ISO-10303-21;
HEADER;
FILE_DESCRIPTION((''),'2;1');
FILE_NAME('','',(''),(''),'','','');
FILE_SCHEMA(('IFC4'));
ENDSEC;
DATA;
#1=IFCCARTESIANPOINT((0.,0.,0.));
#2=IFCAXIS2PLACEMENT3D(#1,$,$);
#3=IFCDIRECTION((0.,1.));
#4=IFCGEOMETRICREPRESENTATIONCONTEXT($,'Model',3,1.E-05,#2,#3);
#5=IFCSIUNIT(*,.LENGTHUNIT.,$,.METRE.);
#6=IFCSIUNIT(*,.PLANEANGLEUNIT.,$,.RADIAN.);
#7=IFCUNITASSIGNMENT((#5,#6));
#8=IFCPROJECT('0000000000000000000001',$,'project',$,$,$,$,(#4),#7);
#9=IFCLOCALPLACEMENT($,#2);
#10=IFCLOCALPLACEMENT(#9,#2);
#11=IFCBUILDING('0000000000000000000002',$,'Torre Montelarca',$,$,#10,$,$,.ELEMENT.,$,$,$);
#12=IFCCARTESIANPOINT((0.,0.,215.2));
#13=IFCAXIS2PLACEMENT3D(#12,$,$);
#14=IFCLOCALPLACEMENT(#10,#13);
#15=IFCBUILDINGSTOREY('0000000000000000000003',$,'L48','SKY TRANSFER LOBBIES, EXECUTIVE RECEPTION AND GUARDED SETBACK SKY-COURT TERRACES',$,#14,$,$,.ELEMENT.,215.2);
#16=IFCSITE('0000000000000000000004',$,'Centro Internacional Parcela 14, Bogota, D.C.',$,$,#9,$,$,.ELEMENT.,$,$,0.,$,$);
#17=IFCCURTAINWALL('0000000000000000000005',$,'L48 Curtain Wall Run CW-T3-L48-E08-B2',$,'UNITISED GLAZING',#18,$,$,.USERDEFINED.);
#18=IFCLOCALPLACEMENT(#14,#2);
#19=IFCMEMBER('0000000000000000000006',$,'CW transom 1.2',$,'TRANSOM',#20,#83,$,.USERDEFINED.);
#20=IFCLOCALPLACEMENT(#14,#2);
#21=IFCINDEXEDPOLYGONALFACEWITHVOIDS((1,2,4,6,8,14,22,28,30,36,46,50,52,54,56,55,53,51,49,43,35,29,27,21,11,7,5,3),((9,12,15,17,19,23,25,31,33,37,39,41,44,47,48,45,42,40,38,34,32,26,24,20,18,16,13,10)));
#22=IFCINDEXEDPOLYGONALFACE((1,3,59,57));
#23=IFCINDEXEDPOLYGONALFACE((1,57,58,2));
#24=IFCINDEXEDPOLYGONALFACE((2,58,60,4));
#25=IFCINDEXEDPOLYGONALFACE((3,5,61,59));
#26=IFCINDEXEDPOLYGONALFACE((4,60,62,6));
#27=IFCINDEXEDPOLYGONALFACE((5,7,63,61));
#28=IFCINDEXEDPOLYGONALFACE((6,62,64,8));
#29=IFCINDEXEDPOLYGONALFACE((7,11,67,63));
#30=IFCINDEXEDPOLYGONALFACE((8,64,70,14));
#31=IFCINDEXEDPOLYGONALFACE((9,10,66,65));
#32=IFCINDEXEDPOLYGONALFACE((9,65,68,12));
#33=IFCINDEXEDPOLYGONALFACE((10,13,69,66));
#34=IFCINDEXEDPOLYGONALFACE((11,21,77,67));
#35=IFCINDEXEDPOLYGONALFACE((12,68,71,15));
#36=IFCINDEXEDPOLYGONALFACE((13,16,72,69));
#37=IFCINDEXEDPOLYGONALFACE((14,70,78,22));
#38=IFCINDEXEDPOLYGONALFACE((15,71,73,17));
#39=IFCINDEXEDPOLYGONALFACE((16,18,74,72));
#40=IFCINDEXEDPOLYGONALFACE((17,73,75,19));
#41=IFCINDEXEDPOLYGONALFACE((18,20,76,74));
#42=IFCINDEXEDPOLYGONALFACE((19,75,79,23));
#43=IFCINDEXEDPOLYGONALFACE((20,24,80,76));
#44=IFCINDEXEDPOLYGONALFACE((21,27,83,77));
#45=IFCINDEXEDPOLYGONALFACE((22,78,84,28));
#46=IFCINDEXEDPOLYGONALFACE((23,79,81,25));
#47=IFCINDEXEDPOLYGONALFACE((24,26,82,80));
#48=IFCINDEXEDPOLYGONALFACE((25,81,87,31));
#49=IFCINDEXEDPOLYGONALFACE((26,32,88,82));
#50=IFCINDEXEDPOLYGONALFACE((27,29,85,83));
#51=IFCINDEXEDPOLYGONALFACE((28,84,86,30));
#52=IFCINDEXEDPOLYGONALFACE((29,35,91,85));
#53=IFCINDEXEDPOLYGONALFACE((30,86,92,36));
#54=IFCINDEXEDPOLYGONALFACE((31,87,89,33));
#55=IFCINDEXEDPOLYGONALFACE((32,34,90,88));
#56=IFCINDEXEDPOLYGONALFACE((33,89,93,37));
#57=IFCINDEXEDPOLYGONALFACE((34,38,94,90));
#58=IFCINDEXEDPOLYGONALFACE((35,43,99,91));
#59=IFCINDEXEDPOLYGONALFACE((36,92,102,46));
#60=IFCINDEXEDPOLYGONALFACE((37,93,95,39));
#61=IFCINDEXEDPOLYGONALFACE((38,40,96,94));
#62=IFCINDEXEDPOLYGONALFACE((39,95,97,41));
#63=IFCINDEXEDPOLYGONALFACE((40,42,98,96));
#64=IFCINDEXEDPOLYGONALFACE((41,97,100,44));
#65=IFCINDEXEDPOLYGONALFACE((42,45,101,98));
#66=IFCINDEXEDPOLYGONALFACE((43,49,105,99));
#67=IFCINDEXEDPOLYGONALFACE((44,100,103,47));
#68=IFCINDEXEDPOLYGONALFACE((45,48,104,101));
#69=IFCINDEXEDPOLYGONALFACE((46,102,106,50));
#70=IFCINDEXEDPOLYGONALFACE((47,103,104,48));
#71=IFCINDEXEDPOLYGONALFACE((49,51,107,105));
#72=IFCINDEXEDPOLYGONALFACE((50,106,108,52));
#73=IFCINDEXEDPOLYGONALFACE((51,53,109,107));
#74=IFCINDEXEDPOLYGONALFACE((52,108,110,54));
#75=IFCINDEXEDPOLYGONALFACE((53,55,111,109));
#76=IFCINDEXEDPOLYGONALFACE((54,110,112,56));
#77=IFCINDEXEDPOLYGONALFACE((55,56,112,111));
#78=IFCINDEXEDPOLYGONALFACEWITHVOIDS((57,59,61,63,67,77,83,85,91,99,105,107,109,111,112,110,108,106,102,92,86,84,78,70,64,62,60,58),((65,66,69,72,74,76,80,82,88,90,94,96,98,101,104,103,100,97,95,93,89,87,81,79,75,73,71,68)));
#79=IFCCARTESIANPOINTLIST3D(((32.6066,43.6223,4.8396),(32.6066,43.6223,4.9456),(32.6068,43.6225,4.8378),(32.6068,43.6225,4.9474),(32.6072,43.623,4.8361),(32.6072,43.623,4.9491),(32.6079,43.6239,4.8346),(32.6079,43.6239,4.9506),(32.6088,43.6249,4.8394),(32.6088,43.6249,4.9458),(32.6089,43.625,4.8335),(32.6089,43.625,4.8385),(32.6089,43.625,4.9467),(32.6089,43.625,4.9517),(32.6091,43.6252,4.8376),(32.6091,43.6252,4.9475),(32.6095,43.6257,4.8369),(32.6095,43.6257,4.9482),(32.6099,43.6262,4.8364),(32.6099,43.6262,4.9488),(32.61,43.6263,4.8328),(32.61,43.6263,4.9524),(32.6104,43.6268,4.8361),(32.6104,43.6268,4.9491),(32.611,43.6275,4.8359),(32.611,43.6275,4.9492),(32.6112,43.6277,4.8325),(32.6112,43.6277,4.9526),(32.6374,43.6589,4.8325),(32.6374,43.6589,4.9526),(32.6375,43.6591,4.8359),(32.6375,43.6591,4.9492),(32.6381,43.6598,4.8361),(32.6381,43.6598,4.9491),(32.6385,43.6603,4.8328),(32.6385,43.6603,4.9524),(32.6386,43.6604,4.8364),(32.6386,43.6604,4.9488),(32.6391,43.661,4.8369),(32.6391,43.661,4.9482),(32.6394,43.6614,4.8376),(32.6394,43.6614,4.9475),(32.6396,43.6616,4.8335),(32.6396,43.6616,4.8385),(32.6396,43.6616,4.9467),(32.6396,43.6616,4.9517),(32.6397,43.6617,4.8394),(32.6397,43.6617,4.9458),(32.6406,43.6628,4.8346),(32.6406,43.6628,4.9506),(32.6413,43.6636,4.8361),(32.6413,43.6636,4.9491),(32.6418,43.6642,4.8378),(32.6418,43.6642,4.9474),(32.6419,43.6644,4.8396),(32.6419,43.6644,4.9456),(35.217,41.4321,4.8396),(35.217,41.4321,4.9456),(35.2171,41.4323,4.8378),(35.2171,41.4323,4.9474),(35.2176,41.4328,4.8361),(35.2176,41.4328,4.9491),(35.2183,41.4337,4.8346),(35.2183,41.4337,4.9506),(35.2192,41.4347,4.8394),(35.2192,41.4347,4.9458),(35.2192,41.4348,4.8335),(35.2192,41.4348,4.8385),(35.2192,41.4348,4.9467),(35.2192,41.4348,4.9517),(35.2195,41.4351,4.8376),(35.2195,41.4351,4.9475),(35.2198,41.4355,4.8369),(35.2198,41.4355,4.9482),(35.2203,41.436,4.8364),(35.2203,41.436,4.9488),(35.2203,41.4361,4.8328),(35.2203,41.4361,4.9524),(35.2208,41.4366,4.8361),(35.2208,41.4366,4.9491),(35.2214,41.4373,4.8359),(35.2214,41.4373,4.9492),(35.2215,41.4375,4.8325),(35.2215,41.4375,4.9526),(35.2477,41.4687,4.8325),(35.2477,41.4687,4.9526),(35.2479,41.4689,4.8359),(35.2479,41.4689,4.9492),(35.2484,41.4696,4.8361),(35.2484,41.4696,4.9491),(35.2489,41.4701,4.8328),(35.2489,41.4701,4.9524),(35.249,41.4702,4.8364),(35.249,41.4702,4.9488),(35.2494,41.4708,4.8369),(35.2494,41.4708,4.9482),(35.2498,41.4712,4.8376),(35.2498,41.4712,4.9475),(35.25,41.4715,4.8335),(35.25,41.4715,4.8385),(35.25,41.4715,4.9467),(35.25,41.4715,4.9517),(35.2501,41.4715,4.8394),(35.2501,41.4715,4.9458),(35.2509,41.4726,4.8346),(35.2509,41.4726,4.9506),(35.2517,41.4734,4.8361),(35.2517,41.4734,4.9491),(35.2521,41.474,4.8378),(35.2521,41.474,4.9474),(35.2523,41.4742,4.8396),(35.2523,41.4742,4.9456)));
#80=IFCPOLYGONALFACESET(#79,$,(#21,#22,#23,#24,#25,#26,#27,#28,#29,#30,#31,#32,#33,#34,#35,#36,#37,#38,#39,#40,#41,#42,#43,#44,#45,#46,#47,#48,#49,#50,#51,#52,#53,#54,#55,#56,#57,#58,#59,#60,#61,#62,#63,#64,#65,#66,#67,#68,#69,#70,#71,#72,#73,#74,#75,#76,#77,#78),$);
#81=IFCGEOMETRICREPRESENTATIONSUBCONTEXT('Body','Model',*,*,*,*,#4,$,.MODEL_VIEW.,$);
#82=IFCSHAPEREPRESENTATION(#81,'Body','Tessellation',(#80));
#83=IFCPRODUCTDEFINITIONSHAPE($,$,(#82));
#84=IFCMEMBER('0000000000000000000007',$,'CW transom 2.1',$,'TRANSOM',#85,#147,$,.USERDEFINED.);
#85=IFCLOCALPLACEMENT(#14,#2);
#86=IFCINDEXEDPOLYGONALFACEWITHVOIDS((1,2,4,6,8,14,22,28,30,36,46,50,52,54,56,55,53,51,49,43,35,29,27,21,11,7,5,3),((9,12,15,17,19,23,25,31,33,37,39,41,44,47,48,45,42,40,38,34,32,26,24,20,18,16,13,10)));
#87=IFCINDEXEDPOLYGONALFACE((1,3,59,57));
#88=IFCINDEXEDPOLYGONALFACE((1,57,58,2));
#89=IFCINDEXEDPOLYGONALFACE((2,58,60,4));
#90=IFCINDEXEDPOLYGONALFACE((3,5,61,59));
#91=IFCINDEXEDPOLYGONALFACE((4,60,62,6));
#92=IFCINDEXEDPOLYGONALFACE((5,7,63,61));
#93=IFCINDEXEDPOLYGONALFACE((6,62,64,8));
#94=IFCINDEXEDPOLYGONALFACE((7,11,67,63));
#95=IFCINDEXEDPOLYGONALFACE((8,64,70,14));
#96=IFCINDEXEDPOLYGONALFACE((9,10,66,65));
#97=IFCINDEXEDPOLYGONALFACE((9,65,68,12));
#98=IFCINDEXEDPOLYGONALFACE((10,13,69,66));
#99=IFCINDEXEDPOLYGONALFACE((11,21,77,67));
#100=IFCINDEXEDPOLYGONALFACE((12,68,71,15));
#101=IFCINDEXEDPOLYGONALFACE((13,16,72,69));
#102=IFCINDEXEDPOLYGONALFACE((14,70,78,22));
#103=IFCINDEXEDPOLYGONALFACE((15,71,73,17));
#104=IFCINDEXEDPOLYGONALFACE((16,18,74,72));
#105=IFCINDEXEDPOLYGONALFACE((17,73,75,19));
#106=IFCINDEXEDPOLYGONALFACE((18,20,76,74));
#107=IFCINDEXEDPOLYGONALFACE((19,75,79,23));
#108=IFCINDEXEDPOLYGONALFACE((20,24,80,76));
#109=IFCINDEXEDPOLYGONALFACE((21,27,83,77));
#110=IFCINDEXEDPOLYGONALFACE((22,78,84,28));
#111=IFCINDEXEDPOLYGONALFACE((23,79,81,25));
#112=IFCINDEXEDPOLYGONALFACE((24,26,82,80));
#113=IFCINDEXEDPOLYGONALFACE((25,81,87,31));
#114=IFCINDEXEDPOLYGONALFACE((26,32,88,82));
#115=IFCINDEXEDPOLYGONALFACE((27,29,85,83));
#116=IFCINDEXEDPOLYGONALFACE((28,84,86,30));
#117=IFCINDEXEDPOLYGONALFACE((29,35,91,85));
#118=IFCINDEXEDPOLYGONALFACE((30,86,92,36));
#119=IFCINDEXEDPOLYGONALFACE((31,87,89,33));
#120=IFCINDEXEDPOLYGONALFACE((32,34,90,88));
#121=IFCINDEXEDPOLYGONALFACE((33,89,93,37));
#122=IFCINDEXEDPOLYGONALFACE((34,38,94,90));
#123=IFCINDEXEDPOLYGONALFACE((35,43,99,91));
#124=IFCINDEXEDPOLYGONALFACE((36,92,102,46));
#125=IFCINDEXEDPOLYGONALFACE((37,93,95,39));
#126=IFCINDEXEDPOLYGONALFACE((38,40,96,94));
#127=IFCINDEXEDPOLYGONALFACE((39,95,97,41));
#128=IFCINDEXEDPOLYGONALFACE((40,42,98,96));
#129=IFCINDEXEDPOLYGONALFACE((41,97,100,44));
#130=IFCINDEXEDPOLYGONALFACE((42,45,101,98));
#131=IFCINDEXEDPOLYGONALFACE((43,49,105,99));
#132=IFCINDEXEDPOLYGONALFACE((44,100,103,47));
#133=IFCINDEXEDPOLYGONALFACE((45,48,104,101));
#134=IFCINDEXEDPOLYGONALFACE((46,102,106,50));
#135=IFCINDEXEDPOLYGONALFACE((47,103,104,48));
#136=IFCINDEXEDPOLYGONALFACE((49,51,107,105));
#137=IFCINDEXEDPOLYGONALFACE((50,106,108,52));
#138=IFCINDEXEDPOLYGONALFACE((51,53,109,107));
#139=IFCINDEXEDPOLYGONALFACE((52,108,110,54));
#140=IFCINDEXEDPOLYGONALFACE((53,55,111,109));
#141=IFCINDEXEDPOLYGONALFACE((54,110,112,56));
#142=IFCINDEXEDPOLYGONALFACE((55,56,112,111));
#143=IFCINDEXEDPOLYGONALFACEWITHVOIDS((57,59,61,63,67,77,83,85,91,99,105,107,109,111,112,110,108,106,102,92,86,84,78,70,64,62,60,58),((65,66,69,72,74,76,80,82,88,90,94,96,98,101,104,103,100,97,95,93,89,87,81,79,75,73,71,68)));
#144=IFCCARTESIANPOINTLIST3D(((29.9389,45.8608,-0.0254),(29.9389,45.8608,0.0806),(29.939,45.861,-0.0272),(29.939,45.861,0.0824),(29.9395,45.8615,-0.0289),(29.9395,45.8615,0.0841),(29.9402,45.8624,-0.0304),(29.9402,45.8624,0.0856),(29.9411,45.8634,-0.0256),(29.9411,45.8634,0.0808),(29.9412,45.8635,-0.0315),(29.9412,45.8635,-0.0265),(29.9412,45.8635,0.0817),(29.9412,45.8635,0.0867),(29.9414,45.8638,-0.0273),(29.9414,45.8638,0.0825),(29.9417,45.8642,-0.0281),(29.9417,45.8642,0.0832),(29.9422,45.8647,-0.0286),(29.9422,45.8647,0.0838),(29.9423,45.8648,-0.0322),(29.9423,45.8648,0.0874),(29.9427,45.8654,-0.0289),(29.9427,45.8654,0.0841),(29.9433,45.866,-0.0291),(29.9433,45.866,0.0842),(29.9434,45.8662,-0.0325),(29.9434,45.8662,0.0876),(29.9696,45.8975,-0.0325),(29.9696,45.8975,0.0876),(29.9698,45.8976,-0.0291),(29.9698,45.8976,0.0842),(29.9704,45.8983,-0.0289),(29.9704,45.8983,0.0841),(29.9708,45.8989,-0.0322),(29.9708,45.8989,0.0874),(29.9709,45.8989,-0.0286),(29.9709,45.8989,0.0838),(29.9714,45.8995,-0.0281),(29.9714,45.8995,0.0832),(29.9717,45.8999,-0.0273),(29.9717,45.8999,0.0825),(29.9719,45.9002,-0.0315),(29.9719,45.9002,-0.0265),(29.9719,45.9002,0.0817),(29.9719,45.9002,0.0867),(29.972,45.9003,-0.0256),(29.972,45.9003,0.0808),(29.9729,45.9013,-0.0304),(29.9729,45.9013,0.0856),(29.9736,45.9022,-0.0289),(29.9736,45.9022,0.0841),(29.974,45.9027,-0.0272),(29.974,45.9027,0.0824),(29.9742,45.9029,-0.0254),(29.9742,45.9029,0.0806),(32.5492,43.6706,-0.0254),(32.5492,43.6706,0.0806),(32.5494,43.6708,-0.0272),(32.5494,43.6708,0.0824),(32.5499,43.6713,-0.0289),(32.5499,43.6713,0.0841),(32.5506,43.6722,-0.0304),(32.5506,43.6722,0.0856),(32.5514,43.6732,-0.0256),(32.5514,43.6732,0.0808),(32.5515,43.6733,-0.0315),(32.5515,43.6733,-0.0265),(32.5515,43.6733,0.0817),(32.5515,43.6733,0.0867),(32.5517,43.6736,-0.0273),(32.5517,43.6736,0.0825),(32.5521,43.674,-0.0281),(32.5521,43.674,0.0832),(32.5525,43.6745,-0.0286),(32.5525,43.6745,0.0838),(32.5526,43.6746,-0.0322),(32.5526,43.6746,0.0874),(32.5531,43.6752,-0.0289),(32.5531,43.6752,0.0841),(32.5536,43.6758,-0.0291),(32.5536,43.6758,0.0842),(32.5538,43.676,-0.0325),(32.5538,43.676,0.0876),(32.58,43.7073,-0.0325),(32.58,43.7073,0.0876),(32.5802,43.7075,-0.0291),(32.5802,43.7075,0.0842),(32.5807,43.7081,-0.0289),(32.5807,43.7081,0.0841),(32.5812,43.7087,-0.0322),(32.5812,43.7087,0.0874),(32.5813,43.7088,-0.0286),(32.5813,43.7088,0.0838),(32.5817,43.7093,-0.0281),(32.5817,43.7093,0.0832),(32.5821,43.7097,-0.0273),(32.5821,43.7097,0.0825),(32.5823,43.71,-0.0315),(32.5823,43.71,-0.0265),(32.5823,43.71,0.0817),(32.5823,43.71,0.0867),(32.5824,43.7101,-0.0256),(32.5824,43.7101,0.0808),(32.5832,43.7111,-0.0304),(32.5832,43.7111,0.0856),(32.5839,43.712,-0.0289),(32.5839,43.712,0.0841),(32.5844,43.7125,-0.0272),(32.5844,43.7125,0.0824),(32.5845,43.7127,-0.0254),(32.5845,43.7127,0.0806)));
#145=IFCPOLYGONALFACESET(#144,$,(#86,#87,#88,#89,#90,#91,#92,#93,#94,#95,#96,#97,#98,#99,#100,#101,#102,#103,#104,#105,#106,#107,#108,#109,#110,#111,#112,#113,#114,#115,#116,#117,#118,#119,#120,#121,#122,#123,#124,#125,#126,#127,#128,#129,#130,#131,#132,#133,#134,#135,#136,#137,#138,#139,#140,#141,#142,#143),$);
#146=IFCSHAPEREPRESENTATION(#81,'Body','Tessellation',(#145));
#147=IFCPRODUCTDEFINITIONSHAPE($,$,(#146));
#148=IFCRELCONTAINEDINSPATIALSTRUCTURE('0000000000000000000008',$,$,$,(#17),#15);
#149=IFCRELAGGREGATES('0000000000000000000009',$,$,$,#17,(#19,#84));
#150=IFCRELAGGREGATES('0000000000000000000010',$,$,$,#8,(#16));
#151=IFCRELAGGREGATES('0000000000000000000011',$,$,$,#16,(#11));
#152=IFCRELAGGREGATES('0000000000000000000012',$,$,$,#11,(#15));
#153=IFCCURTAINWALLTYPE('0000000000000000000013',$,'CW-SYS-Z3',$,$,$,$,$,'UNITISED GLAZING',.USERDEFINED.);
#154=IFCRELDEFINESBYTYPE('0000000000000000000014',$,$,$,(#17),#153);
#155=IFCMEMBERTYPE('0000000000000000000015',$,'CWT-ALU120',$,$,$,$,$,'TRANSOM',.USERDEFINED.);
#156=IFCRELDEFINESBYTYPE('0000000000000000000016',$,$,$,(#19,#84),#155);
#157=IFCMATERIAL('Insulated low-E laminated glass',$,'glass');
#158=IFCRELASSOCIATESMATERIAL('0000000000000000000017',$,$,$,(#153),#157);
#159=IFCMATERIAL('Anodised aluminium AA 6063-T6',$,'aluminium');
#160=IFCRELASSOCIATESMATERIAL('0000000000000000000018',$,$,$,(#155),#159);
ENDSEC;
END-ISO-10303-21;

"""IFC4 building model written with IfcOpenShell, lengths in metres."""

from ifc_helpers import new_model, si_unit, direction, frame, origin, origin_2d, place, context, subcontext, project, spatial, hollow_rectangle, extrude, source, transform, mapped, material, material_profile, profile_set, type_object, element, aggregate, save


model = new_model("IFC4")

# Units and contexts
model_context = context("Model", 3, precision=1e-05, world=origin(), true_north=direction((0.0, 1.0)))
body_context = subcontext(model_context, "Body", "Model", "MODEL_VIEW")
ifc_project = project(units=[si_unit("LENGTHUNIT", "METRE"), si_unit("PLANEANGLEUNIT", "RADIAN")], contexts=[model_context])

# Site, building, storey
site_placement = place(None, origin())
site = spatial("IfcSite", under=ifc_project, at=site_placement, Name="Centro Internacional Parcela 14, Bogota, D.C.", CompositionType="ELEMENT", RefElevation=0.0)
building_placement = place(site_placement, origin())
building = spatial("IfcBuilding", under=site, at=building_placement, Name="Torre Montelarca", CompositionType="ELEMENT")
storey_placement = place(building_placement, frame((0.0, 0.0, 215.2)))
storey = spatial("IfcBuildingStorey", under=building, at=storey_placement, Name="L48", Description="SKY TRANSFER LOBBIES, EXECUTIVE RECEPTION AND GUARDED SETBACK SKY-COURT TERRACES", CompositionType="ELEMENT", Elevation=215.2)

# Shared definitions
ifc_material_1 = material(Name="Insulated low-E laminated glass", Category="glass")
curtain_wall_type = type_object("IfcCurtainWallType", Name="CW-SYS-Z3", ElementType="UNITISED GLAZING", PredefinedType="USERDEFINED", material=ifc_material_1)
ifc_material_2 = material(Name="Anodised aluminium AA 6063-T6", Category="aluminium")

# Curtain wall
curtain_wall_1_placement = place(storey_placement, origin())
curtain_wall_1 = element("IfcCurtainWall", 1, at=curtain_wall_1_placement, inside=storey, type_object=curtain_wall_type, Name="L48 Curtain Wall Run CW-T3-L48-E08-B2", ObjectType="UNITISED GLAZING", PredefinedType="USERDEFINED")

# Members
ifc_material_profile_1 = material_profile(ifc_material_2, hollow_rectangle(XDim=0.0549, YDim=0.1201, WallThickness=0.0034, InnerFilletRadius=0.0034, OuterFilletRadius=0.0071, at=origin_2d()), Name="ALU55X120X3.5", Category="aluminium")
ifc_profile_set_1 = profile_set([ifc_material_profile_1], Name="Anodised aluminium AA 6063-T6")
member_type_1 = type_object("IfcMemberType", Name="CWT-ALU120", ElementType="TRANSOM", PredefinedType="USERDEFINED", material=ifc_profile_set_1)
shared_shape_1 = source(origin(), body_context, "Body", "SweptSolid", [
    extrude(hollow_rectangle(XDim=0.0549, YDim=0.1201, WallThickness=0.0034, InnerFilletRadius=0.0034, OuterFilletRadius=0.0071, at=origin_2d()), origin(), (0.0, 0.0, 1.0), 3.4075),
])
member_1_placement = place(storey_placement, frame((35.2346, 41.4531, 4.8926), z_axis=(-0.766067, 0.64276, 0.0), x_axis=(-0.64276, -0.766067, 0.0)))
member_1 = element("IfcMember", 2, at=member_1_placement, type_object=member_type_1, Name="CW transom 1.2", ObjectType="TRANSOM", PredefinedType="USERDEFINED", context=body_context, shape_type="MappedRepresentation", body=[
    mapped(shared_shape_1, transform((0.0, 0.0, 0.0), scale=1.0)),
])
member_2_placement = place(storey_placement, frame((32.5669, 43.6917, 0.0276), z_axis=(-0.766067, 0.64276, 0.0), x_axis=(-0.64276, -0.766067, 0.0)))
member_2 = element("IfcMember", 3, at=member_2_placement, type_object=member_type_1, Name="CW transom 2.1", ObjectType="TRANSOM", PredefinedType="USERDEFINED", context=body_context, shape_type="MappedRepresentation", body=[
    mapped(shared_shape_1, transform((0.0, 0.0, 0.0), scale=1.0)),
])

aggregate(curtain_wall_1, [member_1, member_2])

save(model, "model.ifc")
